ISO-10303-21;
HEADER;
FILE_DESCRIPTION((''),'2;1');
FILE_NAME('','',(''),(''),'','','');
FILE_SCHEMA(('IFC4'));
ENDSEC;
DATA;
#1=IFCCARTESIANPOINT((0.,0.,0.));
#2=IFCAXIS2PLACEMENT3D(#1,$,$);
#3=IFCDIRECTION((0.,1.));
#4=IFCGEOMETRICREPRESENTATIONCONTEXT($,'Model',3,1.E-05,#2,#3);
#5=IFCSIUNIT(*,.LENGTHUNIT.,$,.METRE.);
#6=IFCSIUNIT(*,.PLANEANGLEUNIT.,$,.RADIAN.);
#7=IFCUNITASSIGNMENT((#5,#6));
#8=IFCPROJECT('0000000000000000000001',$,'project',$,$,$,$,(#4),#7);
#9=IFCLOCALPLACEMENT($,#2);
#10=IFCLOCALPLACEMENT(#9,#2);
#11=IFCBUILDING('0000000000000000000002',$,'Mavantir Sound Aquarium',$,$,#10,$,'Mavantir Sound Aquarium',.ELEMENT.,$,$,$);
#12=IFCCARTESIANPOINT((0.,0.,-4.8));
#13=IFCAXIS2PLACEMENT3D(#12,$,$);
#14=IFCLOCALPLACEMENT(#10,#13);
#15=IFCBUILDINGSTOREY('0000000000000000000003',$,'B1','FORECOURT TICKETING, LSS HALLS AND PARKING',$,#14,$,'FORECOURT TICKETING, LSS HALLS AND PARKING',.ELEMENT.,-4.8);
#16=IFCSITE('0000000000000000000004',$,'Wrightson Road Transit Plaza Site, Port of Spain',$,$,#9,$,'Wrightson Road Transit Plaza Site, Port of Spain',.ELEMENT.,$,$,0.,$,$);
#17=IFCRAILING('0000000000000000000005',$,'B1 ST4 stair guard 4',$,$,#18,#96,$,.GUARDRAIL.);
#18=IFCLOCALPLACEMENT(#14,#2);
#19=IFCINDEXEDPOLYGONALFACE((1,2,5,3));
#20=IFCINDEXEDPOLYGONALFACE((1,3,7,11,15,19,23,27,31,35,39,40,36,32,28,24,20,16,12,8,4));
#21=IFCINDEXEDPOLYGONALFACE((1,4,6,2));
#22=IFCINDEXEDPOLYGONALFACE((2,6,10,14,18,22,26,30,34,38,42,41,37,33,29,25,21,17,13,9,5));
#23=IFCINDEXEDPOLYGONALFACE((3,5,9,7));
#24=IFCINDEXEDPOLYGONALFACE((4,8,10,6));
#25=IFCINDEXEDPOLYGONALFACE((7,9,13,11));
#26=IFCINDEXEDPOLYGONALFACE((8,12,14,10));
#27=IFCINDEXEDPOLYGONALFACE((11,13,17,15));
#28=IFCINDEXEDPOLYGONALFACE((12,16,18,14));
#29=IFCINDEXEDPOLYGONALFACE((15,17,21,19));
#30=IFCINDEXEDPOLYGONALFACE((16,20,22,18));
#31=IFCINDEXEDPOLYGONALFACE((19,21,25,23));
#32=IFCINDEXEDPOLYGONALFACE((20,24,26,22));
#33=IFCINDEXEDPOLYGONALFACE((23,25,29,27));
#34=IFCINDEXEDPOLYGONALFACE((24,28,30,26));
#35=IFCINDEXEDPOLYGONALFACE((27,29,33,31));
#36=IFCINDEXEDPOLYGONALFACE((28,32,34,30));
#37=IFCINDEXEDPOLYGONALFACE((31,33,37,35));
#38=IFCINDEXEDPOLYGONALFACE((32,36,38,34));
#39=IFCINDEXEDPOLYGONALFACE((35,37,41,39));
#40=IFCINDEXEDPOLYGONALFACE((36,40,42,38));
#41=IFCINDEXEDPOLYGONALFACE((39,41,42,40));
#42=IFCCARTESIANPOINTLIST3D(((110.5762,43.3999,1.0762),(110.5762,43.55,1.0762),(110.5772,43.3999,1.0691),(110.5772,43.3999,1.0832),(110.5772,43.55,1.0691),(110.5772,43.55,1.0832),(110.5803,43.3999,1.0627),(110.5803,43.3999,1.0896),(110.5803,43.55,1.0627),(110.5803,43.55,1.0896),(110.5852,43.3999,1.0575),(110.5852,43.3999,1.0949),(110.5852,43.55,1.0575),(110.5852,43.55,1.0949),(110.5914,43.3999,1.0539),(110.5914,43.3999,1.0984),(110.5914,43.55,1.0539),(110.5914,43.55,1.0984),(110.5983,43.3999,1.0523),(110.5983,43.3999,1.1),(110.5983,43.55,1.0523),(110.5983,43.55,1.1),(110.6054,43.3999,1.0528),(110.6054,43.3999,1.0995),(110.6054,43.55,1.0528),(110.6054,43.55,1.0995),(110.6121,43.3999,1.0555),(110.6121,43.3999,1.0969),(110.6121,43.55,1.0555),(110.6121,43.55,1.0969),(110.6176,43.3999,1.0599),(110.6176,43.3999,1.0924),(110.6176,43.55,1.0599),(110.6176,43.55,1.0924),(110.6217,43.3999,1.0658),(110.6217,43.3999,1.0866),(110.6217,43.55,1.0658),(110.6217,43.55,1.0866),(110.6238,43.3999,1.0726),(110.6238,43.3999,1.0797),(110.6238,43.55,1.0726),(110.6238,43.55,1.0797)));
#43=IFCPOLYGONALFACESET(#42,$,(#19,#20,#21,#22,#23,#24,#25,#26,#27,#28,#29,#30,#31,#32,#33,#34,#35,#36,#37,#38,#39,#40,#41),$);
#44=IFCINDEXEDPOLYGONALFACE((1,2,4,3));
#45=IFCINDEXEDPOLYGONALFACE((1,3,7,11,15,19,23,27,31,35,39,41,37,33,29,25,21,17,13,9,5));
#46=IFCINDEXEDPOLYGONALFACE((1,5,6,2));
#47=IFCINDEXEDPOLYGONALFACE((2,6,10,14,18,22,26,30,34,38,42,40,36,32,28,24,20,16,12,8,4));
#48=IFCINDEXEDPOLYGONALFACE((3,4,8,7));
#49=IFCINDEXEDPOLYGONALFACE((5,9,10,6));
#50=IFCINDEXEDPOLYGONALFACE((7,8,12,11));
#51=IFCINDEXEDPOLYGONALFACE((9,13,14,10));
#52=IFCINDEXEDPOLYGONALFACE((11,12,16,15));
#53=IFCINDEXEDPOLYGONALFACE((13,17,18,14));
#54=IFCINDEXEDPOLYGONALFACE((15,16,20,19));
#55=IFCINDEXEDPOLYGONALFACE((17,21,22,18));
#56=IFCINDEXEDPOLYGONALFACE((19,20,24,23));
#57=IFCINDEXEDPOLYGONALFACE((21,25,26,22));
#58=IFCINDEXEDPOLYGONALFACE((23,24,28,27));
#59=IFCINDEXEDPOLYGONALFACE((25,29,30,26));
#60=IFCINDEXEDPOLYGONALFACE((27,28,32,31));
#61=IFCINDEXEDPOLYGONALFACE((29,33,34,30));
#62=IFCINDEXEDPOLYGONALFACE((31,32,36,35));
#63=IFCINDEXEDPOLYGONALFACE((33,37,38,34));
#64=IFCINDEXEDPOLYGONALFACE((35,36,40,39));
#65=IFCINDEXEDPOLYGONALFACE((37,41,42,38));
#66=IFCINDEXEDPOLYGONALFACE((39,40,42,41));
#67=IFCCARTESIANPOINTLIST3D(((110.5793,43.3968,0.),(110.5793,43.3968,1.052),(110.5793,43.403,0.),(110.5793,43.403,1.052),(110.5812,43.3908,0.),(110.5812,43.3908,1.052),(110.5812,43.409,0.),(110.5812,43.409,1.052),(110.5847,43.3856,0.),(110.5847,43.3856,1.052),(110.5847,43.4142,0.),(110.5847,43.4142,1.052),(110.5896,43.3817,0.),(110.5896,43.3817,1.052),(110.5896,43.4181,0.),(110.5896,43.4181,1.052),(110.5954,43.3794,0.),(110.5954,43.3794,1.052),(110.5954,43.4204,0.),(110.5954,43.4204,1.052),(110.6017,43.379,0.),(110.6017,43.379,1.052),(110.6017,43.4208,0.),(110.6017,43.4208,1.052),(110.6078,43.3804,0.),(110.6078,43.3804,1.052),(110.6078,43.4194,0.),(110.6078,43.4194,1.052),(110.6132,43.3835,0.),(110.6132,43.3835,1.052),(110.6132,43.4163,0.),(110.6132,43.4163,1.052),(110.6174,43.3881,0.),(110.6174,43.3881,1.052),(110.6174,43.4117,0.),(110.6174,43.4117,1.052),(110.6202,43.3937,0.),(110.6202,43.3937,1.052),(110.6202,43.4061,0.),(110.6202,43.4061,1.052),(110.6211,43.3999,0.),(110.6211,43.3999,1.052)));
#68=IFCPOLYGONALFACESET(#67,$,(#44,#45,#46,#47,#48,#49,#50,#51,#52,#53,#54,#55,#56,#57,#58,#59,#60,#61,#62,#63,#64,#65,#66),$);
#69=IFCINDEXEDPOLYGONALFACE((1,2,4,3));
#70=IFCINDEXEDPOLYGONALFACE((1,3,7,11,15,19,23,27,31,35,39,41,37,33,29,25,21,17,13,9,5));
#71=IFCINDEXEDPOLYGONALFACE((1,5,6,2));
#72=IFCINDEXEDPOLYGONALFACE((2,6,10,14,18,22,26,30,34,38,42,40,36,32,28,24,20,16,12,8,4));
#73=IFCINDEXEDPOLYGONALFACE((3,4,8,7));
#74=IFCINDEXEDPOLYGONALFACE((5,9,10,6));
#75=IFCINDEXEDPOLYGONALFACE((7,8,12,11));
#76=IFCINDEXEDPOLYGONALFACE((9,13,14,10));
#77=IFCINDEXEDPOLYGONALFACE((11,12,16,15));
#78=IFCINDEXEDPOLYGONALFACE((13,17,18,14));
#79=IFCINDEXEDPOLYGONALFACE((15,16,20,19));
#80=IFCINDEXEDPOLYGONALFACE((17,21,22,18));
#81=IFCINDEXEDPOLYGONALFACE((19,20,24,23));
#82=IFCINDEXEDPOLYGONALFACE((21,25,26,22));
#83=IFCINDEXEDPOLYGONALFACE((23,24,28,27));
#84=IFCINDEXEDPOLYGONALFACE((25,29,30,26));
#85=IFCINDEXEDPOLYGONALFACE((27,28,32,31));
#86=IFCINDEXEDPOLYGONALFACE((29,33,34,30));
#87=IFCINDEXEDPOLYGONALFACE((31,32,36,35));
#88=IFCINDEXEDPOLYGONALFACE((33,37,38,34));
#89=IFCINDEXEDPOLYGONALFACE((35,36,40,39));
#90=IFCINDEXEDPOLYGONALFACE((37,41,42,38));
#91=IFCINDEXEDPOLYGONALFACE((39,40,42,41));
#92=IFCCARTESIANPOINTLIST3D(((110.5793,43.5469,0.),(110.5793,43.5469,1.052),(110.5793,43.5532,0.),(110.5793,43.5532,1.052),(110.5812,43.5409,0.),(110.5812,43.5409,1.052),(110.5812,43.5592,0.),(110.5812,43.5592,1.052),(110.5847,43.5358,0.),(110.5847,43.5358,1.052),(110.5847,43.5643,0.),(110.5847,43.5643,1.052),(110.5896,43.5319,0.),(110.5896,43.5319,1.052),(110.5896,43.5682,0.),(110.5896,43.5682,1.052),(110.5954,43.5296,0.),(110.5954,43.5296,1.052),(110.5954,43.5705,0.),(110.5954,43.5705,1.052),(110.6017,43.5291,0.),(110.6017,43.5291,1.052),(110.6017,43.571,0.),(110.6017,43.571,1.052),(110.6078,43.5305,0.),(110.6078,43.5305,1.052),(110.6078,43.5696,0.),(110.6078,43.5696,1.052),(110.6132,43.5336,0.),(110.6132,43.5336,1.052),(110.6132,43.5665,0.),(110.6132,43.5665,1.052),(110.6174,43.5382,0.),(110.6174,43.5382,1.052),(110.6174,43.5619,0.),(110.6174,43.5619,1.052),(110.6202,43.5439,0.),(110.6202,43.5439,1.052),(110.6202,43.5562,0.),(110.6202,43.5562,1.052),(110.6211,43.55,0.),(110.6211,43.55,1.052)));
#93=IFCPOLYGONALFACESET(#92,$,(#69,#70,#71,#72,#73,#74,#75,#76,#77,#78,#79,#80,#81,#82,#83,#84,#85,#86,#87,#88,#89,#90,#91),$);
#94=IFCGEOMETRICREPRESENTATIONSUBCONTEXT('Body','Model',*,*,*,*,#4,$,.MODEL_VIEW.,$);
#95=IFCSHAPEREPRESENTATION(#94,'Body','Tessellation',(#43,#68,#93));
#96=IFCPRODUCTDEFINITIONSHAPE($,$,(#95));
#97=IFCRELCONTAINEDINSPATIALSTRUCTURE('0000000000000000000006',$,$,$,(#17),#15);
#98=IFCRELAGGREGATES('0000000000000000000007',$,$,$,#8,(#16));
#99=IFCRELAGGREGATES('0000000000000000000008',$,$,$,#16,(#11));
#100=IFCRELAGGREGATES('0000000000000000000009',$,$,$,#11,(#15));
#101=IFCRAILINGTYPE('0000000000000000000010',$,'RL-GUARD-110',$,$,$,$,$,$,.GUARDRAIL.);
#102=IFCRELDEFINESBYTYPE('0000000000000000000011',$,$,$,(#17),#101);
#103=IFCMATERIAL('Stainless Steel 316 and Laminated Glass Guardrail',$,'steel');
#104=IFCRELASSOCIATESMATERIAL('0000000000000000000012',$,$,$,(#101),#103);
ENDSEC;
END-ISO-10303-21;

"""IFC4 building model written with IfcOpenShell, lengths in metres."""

from ifc_helpers import new_model, si_unit, direction, frame, origin, origin_2d, place, context, subcontext, project, spatial, circle, extrude, material, type_object, element, save


model = new_model("IFC4")

# Units and contexts
model_context = context("Model", 3, precision=1e-05, world=origin(), true_north=direction((0.0, 1.0)))
body_context = subcontext(model_context, "Body", "Model", "MODEL_VIEW")
ifc_project = project(units=[si_unit("LENGTHUNIT", "METRE"), si_unit("PLANEANGLEUNIT", "RADIAN")], contexts=[model_context])

# Site, building, storey
site_placement = place(None, origin())
site = spatial("IfcSite", under=ifc_project, at=site_placement, Name="Wrightson Road Transit Plaza Site, Port of Spain", LongName="Wrightson Road Transit Plaza Site, Port of Spain", CompositionType="ELEMENT", RefElevation=0.0)
building_placement = place(site_placement, origin())
building = spatial("IfcBuilding", under=site, at=building_placement, Name="Mavantir Sound Aquarium", LongName="Mavantir Sound Aquarium", CompositionType="ELEMENT")
storey_placement = place(building_placement, frame((0.0, 0.0, -4.8)))
storey = spatial("IfcBuildingStorey", under=building, at=storey_placement, Name="B1", Description="FORECOURT TICKETING, LSS HALLS AND PARKING", LongName="FORECOURT TICKETING, LSS HALLS AND PARKING", CompositionType="ELEMENT", Elevation=-4.8)

# Railing
ifc_material_1 = material(Name="Stainless Steel 316 and Laminated Glass Guardrail", Category="steel")
railing_type_1 = type_object("IfcRailingType", Name="RL-GUARD-110", PredefinedType="GUARDRAIL", material=ifc_material_1)
railing_1_placement = place(storey_placement, frame((110.6001, 43.3999, 0.0)))
element("IfcRailing", 1, at=railing_1_placement, inside=storey, type_object=railing_type_1, Name="B1 ST4 stair guard 4", PredefinedType="GUARDRAIL", context=body_context, shape_type="SweptSolid", body=[
    extrude(circle(Radius=0.0239, at=origin_2d()), frame((0.0, 0.0, 1.0762), z_axis=(0.0, 1.0, 0.0), x_axis=(-1.0, 0.0, 0.0)), (0.0, 0.0, 1.0), 0.1501),
    extrude(circle(Radius=0.021, at=origin_2d()), origin(), (0.0, 0.0, 1.0), 1.052),
    extrude(circle(Radius=0.021, at=origin_2d()), frame((0.0, 0.1501, 0.0)), (0.0, 0.0, 1.0), 1.052),
])

save(model, "model.ifc")
